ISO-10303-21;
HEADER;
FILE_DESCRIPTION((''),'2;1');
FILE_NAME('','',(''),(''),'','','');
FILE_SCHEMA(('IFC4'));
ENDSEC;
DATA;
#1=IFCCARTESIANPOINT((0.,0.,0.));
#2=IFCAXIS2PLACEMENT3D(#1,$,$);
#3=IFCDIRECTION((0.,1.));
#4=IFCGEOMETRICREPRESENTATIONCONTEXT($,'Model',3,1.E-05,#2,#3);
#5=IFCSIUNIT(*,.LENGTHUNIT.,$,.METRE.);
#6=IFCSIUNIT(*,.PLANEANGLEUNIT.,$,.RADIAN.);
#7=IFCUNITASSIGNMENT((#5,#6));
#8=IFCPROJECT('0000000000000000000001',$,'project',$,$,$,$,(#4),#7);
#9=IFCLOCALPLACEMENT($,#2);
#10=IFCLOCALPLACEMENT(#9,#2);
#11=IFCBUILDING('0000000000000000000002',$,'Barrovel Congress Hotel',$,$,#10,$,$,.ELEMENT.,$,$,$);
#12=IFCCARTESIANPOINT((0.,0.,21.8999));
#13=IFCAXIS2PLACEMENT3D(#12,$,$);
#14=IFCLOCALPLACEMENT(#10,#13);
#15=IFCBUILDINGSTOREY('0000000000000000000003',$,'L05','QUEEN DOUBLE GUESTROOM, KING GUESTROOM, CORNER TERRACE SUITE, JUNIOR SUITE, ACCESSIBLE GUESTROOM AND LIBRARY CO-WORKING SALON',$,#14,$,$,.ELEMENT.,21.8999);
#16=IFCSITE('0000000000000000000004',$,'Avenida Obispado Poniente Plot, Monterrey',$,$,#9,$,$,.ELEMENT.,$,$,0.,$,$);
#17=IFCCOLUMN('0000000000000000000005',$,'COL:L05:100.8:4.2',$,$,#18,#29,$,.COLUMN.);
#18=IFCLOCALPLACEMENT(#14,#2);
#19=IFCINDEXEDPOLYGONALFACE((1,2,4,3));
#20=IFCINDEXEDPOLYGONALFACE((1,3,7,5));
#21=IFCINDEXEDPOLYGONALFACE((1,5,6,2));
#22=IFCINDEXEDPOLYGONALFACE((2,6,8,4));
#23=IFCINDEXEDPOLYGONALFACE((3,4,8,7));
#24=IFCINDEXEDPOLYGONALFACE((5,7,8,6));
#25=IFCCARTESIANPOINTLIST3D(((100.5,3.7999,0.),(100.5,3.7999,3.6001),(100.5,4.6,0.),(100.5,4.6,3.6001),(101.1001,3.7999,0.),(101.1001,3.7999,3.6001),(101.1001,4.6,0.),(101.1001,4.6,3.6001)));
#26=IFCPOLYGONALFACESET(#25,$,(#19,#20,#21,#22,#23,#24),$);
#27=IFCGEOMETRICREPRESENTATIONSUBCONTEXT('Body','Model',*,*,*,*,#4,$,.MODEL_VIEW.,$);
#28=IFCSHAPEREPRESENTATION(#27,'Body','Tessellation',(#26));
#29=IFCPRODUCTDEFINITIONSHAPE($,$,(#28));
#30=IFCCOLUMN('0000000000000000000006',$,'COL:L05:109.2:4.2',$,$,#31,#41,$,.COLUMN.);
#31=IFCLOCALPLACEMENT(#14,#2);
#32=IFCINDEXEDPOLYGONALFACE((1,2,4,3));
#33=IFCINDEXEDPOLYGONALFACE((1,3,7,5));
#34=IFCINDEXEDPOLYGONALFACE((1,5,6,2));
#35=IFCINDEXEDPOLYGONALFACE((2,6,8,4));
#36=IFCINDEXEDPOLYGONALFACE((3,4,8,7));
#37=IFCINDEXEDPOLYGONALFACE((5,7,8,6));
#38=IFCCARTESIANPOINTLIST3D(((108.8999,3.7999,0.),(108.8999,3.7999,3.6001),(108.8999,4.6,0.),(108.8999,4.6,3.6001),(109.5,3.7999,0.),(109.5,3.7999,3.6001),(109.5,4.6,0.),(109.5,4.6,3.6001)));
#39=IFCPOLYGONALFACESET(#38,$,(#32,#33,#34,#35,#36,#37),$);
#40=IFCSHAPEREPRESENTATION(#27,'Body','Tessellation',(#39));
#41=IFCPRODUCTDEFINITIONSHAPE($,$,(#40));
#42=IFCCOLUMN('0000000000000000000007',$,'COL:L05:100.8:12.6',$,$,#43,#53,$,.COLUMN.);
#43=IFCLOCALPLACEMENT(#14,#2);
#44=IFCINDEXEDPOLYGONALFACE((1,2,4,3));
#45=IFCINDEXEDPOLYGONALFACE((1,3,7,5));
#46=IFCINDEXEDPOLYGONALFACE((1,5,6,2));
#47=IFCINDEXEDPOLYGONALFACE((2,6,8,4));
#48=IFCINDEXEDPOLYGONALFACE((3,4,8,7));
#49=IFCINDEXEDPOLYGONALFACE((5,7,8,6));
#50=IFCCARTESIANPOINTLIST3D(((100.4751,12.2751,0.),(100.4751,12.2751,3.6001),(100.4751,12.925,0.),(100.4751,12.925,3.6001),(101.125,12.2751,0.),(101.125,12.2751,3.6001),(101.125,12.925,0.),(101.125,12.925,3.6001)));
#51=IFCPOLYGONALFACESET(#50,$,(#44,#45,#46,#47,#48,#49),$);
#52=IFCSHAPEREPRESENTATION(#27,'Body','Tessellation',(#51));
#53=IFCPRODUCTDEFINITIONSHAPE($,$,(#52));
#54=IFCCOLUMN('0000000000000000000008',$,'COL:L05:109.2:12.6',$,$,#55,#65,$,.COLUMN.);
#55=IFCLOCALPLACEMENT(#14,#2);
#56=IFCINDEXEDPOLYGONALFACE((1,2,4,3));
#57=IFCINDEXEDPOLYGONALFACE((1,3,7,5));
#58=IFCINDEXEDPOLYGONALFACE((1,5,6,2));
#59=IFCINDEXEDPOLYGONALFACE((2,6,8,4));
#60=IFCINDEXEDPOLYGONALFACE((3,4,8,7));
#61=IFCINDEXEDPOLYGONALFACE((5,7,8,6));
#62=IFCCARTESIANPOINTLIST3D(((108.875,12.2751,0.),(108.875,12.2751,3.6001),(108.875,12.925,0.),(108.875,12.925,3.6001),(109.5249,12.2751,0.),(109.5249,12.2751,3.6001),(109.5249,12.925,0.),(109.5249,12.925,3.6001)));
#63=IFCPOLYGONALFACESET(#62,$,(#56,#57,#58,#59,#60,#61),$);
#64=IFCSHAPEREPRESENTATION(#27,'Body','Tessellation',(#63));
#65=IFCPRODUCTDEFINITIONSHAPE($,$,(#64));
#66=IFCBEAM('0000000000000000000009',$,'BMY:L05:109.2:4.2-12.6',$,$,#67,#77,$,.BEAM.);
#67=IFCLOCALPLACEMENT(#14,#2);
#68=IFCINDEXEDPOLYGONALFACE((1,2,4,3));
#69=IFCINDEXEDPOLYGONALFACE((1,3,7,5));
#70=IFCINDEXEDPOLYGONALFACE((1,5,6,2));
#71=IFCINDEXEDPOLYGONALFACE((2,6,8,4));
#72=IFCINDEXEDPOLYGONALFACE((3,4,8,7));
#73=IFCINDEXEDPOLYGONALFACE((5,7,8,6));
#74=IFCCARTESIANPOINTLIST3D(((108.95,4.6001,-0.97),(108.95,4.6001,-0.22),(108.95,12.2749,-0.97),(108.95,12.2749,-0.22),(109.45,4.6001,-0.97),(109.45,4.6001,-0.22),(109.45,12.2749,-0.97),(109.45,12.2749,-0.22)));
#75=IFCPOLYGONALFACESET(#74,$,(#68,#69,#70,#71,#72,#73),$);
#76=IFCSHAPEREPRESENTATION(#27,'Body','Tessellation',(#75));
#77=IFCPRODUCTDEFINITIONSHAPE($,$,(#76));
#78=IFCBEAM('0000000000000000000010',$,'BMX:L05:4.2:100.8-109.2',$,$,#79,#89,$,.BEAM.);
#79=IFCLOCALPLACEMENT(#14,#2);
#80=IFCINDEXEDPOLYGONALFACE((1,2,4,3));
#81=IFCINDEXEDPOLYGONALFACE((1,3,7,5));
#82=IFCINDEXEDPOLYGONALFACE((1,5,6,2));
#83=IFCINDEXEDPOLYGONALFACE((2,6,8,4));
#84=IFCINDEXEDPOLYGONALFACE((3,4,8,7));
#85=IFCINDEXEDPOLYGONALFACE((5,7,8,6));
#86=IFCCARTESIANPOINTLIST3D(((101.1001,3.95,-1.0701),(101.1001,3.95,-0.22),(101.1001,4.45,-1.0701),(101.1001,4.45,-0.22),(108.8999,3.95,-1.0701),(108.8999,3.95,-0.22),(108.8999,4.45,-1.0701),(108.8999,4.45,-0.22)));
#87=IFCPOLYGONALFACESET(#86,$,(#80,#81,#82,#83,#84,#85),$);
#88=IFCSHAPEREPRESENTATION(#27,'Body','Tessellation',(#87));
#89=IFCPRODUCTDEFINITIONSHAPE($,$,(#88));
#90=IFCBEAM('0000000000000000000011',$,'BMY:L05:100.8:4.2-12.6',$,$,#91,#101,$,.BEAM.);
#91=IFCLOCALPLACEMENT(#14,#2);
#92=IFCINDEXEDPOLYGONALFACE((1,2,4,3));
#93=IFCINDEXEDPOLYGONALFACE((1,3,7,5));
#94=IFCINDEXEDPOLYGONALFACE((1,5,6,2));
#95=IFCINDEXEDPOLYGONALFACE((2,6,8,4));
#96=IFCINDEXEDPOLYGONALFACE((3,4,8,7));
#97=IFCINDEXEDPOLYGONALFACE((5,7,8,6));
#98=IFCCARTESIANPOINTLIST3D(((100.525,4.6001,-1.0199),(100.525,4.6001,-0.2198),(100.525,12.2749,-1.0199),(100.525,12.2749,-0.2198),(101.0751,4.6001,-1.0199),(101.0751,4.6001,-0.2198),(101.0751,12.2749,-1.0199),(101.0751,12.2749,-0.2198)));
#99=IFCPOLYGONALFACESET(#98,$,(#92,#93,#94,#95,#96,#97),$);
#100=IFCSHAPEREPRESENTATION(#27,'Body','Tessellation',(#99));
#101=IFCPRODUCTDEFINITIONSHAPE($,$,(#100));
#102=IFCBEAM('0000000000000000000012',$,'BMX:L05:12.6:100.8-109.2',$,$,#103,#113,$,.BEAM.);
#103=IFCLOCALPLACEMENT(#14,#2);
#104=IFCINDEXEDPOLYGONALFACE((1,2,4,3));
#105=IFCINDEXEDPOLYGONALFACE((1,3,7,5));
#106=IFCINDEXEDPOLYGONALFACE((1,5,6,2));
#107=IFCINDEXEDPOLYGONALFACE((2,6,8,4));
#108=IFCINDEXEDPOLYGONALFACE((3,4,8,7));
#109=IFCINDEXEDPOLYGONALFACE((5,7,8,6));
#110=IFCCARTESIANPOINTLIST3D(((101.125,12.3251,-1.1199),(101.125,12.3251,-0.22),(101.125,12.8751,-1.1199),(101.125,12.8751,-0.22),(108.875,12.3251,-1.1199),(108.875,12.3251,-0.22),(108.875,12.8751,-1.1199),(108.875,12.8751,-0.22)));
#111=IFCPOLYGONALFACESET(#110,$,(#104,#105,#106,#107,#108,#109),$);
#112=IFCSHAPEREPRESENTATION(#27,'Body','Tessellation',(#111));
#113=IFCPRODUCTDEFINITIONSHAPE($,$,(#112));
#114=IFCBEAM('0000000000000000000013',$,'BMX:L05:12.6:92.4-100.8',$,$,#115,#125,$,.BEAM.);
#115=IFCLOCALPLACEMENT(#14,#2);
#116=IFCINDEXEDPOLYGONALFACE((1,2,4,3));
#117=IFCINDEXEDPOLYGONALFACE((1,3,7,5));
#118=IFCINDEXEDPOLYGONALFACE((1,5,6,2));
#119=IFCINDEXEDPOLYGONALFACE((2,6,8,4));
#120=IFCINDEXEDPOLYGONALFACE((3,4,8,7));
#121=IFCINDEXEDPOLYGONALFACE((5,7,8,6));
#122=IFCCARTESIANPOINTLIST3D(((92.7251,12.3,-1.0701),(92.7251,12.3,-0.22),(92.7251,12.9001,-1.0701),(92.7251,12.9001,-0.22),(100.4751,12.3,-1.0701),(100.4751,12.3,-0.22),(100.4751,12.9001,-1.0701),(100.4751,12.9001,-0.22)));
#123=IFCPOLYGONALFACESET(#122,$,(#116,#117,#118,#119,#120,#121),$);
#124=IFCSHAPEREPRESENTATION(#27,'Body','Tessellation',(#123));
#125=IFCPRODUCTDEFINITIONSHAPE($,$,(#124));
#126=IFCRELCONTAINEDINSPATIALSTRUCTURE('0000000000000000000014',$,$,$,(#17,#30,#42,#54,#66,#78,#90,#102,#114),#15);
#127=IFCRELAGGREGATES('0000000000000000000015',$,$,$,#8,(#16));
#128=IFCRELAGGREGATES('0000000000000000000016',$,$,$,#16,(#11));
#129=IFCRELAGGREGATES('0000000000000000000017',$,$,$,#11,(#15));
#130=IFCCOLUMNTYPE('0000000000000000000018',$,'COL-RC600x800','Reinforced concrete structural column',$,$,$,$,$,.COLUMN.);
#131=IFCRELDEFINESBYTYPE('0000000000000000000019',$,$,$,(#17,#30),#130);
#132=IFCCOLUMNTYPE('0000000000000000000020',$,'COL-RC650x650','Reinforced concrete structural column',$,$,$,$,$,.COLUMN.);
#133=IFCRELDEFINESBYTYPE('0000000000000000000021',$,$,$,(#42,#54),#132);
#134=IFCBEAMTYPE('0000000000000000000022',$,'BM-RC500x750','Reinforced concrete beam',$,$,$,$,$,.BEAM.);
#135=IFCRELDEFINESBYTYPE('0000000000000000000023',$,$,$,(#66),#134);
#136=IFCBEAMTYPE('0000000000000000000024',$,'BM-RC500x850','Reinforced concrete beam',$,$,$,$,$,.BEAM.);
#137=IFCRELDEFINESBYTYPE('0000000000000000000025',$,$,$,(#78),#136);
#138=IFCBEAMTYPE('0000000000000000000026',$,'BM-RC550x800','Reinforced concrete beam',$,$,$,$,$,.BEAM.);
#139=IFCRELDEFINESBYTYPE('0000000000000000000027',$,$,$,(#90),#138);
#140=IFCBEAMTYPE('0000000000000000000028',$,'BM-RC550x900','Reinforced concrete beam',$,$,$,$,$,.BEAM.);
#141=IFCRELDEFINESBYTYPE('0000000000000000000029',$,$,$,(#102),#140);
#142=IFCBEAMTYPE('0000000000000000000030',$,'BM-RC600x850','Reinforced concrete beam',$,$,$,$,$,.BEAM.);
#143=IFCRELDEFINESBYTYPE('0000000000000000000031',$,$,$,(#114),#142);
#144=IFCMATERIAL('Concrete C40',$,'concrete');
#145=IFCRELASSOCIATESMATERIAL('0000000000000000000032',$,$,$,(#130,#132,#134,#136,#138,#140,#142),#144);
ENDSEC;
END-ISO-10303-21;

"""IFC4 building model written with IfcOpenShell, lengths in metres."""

from ifc_helpers import new_model, si_unit, direction, frame, origin, origin_2d, place, context, subcontext, project, spatial, rectangle, extrude, material, material_profile, profile_set, type_object, element, save


model = new_model("IFC4")

# Units and contexts
model_context = context("Model", 3, precision=1e-05, world=origin(), true_north=direction((0.0, 1.0)))
body_context = subcontext(model_context, "Body", "Model", "MODEL_VIEW")
ifc_project = project(units=[si_unit("LENGTHUNIT", "METRE"), si_unit("PLANEANGLEUNIT", "RADIAN")], contexts=[model_context])

# Site, building, storey
site_placement = place(None, origin())
site = spatial("IfcSite", under=ifc_project, at=site_placement, Name="Avenida Obispado Poniente Plot, Monterrey", CompositionType="ELEMENT", RefElevation=0.0)
building_placement = place(site_placement, origin())
building = spatial("IfcBuilding", under=site, at=building_placement, Name="Barrovel Congress Hotel", CompositionType="ELEMENT")
storey_placement = place(building_placement, frame((0.0, 0.0, 21.8999)))
storey = spatial("IfcBuildingStorey", under=building, at=storey_placement, Name="L05", Description="QUEEN DOUBLE GUESTROOM, KING GUESTROOM, CORNER TERRACE SUITE, JUNIOR SUITE, ACCESSIBLE GUESTROOM AND LIBRARY CO-WORKING SALON", CompositionType="ELEMENT", Elevation=21.8999)

# Columns
ifc_material_1 = material(Name="Concrete C40", Category="concrete")
ifc_material_profile_1 = material_profile(ifc_material_1, rectangle(XDim=0.6001, YDim=0.8, at=origin_2d()), Name="RC600x800")
ifc_profile_set_1 = profile_set([ifc_material_profile_1], Name="Concrete C40")
column_type_1 = type_object("IfcColumnType", Name="COL-RC600x800", Description="Reinforced concrete structural column", PredefinedType="COLUMN", material=ifc_profile_set_1)
for number, where, z_axis, x_axis, name in (
    (1, (100.8, 4.2, 0.0), (0.0, 0.0, 1.0), (1.0, 0.0, 0.0), "COL:L05:100.8:4.2"),
    (2, (109.2, 4.2, 0.0), (0.0, 0.0, 1.0), (1.0, 0.0, 0.0), "COL:L05:109.2:4.2"),
):
    element("IfcColumn", number, at=place(storey_placement, frame(where, z_axis=z_axis, x_axis=x_axis)), inside=storey, type_object=column_type_1, Name=name, PredefinedType="COLUMN", context=body_context, shape_type="SweptSolid", body=[
        extrude(rectangle(XDim=0.6001, YDim=0.8, at=origin_2d()), origin(), (0.0, 0.0, 1.0), 3.6001),
    ])
ifc_material_profile_2 = material_profile(ifc_material_1, rectangle(XDim=0.6499, YDim=0.6499, at=origin_2d()), Name="RC650x650")
ifc_profile_set_2 = profile_set([ifc_material_profile_2], Name="Concrete C40")
column_type_2 = type_object("IfcColumnType", Name="COL-RC650x650", Description="Reinforced concrete structural column", PredefinedType="COLUMN", material=ifc_profile_set_2)
for number, where, z_axis, x_axis, name in (
    (3, (100.8, 12.6001, 0.0), (0.0, 0.0, 1.0), (1.0, 0.0, 0.0), "COL:L05:100.8:12.6"),
    (4, (109.2, 12.6001, 0.0), (0.0, 0.0, 1.0), (1.0, 0.0, 0.0), "COL:L05:109.2:12.6"),
):
    element("IfcColumn", number, at=place(storey_placement, frame(where, z_axis=z_axis, x_axis=x_axis)), inside=storey, type_object=column_type_2, Name=name, PredefinedType="COLUMN", context=body_context, shape_type="SweptSolid", body=[
        extrude(rectangle(XDim=0.6499, YDim=0.6499, at=origin_2d()), origin(), (0.0, 0.0, 1.0), 3.6001),
    ])

# Beams
ifc_material_profile_3 = material_profile(ifc_material_1, rectangle(XDim=0.5, YDim=0.75, at=origin_2d()), Name="RC500x750")
ifc_profile_set_3 = profile_set([ifc_material_profile_3], Name="Concrete C40")
beam_type_1 = type_object("IfcBeamType", Name="BM-RC500x750", Description="Reinforced concrete beam", PredefinedType="BEAM", material=ifc_profile_set_3)
beam_1_placement = place(storey_placement, frame((109.2, 4.6001, -0.595), z_axis=(0.0, 1.0, 0.0), x_axis=(-1.0, 0.0, 0.0)))
element("IfcBeam", 5, at=beam_1_placement, inside=storey, type_object=beam_type_1, Name="BMY:L05:109.2:4.2-12.6", PredefinedType="BEAM", context=body_context, shape_type="SweptSolid", body=[
    extrude(rectangle(XDim=0.5, YDim=0.75, at=origin_2d()), origin(), (0.0, 0.0, 1.0), 7.6748),
])
ifc_material_profile_4 = material_profile(ifc_material_1, rectangle(XDim=0.5, YDim=0.8501, at=origin_2d()), Name="RC500x850")
ifc_profile_set_4 = profile_set([ifc_material_profile_4], Name="Concrete C40")
beam_type_2 = type_object("IfcBeamType", Name="BM-RC500x850", Description="Reinforced concrete beam", PredefinedType="BEAM", material=ifc_profile_set_4)
beam_2_placement = place(storey_placement, frame((101.1001, 4.2, -0.645), z_axis=(1.0, 0.0, 0.0), x_axis=(0.0, 1.0, 0.0)))
element("IfcBeam", 6, at=beam_2_placement, inside=storey, type_object=beam_type_2, Name="BMX:L05:4.2:100.8-109.2", PredefinedType="BEAM", context=body_context, shape_type="SweptSolid", body=[
    extrude(rectangle(XDim=0.5, YDim=0.8501, at=origin_2d()), origin(), (0.0, 0.0, 1.0), 7.7998),
])
ifc_material_profile_5 = material_profile(ifc_material_1, rectangle(XDim=0.55, YDim=0.8, at=origin_2d()), Name="RC550x800")
ifc_profile_set_5 = profile_set([ifc_material_profile_5], Name="Concrete C40")
beam_type_3 = type_object("IfcBeamType", Name="BM-RC550x800", Description="Reinforced concrete beam", PredefinedType="BEAM", material=ifc_profile_set_5)
beam_3_placement = place(storey_placement, frame((100.8, 4.6001, -0.6199), z_axis=(0.0, 1.0, 0.0), x_axis=(-1.0, 0.0, 0.0)))
element("IfcBeam", 7, at=beam_3_placement, inside=storey, type_object=beam_type_3, Name="BMY:L05:100.8:4.2-12.6", PredefinedType="BEAM", context=body_context, shape_type="SweptSolid", body=[
    extrude(rectangle(XDim=0.55, YDim=0.8, at=origin_2d()), origin(), (0.0, 0.0, 1.0), 7.6748),
])
ifc_material_profile_6 = material_profile(ifc_material_1, rectangle(XDim=0.55, YDim=0.8999, at=origin_2d()), Name="RC550x900")
ifc_profile_set_6 = profile_set([ifc_material_profile_6], Name="Concrete C40")
beam_type_4 = type_object("IfcBeamType", Name="BM-RC550x900", Description="Reinforced concrete beam", PredefinedType="BEAM", material=ifc_profile_set_6)
beam_4_placement = place(storey_placement, frame((101.125, 12.6001, -0.6699), z_axis=(1.0, 0.0, 0.0), x_axis=(0.0, 1.0, 0.0)))
element("IfcBeam", 8, at=beam_4_placement, inside=storey, type_object=beam_type_4, Name="BMX:L05:12.6:100.8-109.2", PredefinedType="BEAM", context=body_context, shape_type="SweptSolid", body=[
    extrude(rectangle(XDim=0.55, YDim=0.8999, at=origin_2d()), origin(), (0.0, 0.0, 1.0), 7.75),
])
ifc_material_profile_7 = material_profile(ifc_material_1, rectangle(XDim=0.6001, YDim=0.8501, at=origin_2d()), Name="RC600x850")
ifc_profile_set_7 = profile_set([ifc_material_profile_7], Name="Concrete C40")
beam_type_5 = type_object("IfcBeamType", Name="BM-RC600x850", Description="Reinforced concrete beam", PredefinedType="BEAM", material=ifc_profile_set_7)
beam_5_placement = place(storey_placement, frame((92.7251, 12.6001, -0.645), z_axis=(1.0, 0.0, 0.0), x_axis=(0.0, 1.0, 0.0)))
element("IfcBeam", 9, at=beam_5_placement, inside=storey, type_object=beam_type_5, Name="BMX:L05:12.6:92.4-100.8", PredefinedType="BEAM", context=body_context, shape_type="SweptSolid", body=[
    extrude(rectangle(XDim=0.6001, YDim=0.8501, at=origin_2d()), origin(), (0.0, 0.0, 1.0), 7.75),
])

save(model, "model.ifc")
